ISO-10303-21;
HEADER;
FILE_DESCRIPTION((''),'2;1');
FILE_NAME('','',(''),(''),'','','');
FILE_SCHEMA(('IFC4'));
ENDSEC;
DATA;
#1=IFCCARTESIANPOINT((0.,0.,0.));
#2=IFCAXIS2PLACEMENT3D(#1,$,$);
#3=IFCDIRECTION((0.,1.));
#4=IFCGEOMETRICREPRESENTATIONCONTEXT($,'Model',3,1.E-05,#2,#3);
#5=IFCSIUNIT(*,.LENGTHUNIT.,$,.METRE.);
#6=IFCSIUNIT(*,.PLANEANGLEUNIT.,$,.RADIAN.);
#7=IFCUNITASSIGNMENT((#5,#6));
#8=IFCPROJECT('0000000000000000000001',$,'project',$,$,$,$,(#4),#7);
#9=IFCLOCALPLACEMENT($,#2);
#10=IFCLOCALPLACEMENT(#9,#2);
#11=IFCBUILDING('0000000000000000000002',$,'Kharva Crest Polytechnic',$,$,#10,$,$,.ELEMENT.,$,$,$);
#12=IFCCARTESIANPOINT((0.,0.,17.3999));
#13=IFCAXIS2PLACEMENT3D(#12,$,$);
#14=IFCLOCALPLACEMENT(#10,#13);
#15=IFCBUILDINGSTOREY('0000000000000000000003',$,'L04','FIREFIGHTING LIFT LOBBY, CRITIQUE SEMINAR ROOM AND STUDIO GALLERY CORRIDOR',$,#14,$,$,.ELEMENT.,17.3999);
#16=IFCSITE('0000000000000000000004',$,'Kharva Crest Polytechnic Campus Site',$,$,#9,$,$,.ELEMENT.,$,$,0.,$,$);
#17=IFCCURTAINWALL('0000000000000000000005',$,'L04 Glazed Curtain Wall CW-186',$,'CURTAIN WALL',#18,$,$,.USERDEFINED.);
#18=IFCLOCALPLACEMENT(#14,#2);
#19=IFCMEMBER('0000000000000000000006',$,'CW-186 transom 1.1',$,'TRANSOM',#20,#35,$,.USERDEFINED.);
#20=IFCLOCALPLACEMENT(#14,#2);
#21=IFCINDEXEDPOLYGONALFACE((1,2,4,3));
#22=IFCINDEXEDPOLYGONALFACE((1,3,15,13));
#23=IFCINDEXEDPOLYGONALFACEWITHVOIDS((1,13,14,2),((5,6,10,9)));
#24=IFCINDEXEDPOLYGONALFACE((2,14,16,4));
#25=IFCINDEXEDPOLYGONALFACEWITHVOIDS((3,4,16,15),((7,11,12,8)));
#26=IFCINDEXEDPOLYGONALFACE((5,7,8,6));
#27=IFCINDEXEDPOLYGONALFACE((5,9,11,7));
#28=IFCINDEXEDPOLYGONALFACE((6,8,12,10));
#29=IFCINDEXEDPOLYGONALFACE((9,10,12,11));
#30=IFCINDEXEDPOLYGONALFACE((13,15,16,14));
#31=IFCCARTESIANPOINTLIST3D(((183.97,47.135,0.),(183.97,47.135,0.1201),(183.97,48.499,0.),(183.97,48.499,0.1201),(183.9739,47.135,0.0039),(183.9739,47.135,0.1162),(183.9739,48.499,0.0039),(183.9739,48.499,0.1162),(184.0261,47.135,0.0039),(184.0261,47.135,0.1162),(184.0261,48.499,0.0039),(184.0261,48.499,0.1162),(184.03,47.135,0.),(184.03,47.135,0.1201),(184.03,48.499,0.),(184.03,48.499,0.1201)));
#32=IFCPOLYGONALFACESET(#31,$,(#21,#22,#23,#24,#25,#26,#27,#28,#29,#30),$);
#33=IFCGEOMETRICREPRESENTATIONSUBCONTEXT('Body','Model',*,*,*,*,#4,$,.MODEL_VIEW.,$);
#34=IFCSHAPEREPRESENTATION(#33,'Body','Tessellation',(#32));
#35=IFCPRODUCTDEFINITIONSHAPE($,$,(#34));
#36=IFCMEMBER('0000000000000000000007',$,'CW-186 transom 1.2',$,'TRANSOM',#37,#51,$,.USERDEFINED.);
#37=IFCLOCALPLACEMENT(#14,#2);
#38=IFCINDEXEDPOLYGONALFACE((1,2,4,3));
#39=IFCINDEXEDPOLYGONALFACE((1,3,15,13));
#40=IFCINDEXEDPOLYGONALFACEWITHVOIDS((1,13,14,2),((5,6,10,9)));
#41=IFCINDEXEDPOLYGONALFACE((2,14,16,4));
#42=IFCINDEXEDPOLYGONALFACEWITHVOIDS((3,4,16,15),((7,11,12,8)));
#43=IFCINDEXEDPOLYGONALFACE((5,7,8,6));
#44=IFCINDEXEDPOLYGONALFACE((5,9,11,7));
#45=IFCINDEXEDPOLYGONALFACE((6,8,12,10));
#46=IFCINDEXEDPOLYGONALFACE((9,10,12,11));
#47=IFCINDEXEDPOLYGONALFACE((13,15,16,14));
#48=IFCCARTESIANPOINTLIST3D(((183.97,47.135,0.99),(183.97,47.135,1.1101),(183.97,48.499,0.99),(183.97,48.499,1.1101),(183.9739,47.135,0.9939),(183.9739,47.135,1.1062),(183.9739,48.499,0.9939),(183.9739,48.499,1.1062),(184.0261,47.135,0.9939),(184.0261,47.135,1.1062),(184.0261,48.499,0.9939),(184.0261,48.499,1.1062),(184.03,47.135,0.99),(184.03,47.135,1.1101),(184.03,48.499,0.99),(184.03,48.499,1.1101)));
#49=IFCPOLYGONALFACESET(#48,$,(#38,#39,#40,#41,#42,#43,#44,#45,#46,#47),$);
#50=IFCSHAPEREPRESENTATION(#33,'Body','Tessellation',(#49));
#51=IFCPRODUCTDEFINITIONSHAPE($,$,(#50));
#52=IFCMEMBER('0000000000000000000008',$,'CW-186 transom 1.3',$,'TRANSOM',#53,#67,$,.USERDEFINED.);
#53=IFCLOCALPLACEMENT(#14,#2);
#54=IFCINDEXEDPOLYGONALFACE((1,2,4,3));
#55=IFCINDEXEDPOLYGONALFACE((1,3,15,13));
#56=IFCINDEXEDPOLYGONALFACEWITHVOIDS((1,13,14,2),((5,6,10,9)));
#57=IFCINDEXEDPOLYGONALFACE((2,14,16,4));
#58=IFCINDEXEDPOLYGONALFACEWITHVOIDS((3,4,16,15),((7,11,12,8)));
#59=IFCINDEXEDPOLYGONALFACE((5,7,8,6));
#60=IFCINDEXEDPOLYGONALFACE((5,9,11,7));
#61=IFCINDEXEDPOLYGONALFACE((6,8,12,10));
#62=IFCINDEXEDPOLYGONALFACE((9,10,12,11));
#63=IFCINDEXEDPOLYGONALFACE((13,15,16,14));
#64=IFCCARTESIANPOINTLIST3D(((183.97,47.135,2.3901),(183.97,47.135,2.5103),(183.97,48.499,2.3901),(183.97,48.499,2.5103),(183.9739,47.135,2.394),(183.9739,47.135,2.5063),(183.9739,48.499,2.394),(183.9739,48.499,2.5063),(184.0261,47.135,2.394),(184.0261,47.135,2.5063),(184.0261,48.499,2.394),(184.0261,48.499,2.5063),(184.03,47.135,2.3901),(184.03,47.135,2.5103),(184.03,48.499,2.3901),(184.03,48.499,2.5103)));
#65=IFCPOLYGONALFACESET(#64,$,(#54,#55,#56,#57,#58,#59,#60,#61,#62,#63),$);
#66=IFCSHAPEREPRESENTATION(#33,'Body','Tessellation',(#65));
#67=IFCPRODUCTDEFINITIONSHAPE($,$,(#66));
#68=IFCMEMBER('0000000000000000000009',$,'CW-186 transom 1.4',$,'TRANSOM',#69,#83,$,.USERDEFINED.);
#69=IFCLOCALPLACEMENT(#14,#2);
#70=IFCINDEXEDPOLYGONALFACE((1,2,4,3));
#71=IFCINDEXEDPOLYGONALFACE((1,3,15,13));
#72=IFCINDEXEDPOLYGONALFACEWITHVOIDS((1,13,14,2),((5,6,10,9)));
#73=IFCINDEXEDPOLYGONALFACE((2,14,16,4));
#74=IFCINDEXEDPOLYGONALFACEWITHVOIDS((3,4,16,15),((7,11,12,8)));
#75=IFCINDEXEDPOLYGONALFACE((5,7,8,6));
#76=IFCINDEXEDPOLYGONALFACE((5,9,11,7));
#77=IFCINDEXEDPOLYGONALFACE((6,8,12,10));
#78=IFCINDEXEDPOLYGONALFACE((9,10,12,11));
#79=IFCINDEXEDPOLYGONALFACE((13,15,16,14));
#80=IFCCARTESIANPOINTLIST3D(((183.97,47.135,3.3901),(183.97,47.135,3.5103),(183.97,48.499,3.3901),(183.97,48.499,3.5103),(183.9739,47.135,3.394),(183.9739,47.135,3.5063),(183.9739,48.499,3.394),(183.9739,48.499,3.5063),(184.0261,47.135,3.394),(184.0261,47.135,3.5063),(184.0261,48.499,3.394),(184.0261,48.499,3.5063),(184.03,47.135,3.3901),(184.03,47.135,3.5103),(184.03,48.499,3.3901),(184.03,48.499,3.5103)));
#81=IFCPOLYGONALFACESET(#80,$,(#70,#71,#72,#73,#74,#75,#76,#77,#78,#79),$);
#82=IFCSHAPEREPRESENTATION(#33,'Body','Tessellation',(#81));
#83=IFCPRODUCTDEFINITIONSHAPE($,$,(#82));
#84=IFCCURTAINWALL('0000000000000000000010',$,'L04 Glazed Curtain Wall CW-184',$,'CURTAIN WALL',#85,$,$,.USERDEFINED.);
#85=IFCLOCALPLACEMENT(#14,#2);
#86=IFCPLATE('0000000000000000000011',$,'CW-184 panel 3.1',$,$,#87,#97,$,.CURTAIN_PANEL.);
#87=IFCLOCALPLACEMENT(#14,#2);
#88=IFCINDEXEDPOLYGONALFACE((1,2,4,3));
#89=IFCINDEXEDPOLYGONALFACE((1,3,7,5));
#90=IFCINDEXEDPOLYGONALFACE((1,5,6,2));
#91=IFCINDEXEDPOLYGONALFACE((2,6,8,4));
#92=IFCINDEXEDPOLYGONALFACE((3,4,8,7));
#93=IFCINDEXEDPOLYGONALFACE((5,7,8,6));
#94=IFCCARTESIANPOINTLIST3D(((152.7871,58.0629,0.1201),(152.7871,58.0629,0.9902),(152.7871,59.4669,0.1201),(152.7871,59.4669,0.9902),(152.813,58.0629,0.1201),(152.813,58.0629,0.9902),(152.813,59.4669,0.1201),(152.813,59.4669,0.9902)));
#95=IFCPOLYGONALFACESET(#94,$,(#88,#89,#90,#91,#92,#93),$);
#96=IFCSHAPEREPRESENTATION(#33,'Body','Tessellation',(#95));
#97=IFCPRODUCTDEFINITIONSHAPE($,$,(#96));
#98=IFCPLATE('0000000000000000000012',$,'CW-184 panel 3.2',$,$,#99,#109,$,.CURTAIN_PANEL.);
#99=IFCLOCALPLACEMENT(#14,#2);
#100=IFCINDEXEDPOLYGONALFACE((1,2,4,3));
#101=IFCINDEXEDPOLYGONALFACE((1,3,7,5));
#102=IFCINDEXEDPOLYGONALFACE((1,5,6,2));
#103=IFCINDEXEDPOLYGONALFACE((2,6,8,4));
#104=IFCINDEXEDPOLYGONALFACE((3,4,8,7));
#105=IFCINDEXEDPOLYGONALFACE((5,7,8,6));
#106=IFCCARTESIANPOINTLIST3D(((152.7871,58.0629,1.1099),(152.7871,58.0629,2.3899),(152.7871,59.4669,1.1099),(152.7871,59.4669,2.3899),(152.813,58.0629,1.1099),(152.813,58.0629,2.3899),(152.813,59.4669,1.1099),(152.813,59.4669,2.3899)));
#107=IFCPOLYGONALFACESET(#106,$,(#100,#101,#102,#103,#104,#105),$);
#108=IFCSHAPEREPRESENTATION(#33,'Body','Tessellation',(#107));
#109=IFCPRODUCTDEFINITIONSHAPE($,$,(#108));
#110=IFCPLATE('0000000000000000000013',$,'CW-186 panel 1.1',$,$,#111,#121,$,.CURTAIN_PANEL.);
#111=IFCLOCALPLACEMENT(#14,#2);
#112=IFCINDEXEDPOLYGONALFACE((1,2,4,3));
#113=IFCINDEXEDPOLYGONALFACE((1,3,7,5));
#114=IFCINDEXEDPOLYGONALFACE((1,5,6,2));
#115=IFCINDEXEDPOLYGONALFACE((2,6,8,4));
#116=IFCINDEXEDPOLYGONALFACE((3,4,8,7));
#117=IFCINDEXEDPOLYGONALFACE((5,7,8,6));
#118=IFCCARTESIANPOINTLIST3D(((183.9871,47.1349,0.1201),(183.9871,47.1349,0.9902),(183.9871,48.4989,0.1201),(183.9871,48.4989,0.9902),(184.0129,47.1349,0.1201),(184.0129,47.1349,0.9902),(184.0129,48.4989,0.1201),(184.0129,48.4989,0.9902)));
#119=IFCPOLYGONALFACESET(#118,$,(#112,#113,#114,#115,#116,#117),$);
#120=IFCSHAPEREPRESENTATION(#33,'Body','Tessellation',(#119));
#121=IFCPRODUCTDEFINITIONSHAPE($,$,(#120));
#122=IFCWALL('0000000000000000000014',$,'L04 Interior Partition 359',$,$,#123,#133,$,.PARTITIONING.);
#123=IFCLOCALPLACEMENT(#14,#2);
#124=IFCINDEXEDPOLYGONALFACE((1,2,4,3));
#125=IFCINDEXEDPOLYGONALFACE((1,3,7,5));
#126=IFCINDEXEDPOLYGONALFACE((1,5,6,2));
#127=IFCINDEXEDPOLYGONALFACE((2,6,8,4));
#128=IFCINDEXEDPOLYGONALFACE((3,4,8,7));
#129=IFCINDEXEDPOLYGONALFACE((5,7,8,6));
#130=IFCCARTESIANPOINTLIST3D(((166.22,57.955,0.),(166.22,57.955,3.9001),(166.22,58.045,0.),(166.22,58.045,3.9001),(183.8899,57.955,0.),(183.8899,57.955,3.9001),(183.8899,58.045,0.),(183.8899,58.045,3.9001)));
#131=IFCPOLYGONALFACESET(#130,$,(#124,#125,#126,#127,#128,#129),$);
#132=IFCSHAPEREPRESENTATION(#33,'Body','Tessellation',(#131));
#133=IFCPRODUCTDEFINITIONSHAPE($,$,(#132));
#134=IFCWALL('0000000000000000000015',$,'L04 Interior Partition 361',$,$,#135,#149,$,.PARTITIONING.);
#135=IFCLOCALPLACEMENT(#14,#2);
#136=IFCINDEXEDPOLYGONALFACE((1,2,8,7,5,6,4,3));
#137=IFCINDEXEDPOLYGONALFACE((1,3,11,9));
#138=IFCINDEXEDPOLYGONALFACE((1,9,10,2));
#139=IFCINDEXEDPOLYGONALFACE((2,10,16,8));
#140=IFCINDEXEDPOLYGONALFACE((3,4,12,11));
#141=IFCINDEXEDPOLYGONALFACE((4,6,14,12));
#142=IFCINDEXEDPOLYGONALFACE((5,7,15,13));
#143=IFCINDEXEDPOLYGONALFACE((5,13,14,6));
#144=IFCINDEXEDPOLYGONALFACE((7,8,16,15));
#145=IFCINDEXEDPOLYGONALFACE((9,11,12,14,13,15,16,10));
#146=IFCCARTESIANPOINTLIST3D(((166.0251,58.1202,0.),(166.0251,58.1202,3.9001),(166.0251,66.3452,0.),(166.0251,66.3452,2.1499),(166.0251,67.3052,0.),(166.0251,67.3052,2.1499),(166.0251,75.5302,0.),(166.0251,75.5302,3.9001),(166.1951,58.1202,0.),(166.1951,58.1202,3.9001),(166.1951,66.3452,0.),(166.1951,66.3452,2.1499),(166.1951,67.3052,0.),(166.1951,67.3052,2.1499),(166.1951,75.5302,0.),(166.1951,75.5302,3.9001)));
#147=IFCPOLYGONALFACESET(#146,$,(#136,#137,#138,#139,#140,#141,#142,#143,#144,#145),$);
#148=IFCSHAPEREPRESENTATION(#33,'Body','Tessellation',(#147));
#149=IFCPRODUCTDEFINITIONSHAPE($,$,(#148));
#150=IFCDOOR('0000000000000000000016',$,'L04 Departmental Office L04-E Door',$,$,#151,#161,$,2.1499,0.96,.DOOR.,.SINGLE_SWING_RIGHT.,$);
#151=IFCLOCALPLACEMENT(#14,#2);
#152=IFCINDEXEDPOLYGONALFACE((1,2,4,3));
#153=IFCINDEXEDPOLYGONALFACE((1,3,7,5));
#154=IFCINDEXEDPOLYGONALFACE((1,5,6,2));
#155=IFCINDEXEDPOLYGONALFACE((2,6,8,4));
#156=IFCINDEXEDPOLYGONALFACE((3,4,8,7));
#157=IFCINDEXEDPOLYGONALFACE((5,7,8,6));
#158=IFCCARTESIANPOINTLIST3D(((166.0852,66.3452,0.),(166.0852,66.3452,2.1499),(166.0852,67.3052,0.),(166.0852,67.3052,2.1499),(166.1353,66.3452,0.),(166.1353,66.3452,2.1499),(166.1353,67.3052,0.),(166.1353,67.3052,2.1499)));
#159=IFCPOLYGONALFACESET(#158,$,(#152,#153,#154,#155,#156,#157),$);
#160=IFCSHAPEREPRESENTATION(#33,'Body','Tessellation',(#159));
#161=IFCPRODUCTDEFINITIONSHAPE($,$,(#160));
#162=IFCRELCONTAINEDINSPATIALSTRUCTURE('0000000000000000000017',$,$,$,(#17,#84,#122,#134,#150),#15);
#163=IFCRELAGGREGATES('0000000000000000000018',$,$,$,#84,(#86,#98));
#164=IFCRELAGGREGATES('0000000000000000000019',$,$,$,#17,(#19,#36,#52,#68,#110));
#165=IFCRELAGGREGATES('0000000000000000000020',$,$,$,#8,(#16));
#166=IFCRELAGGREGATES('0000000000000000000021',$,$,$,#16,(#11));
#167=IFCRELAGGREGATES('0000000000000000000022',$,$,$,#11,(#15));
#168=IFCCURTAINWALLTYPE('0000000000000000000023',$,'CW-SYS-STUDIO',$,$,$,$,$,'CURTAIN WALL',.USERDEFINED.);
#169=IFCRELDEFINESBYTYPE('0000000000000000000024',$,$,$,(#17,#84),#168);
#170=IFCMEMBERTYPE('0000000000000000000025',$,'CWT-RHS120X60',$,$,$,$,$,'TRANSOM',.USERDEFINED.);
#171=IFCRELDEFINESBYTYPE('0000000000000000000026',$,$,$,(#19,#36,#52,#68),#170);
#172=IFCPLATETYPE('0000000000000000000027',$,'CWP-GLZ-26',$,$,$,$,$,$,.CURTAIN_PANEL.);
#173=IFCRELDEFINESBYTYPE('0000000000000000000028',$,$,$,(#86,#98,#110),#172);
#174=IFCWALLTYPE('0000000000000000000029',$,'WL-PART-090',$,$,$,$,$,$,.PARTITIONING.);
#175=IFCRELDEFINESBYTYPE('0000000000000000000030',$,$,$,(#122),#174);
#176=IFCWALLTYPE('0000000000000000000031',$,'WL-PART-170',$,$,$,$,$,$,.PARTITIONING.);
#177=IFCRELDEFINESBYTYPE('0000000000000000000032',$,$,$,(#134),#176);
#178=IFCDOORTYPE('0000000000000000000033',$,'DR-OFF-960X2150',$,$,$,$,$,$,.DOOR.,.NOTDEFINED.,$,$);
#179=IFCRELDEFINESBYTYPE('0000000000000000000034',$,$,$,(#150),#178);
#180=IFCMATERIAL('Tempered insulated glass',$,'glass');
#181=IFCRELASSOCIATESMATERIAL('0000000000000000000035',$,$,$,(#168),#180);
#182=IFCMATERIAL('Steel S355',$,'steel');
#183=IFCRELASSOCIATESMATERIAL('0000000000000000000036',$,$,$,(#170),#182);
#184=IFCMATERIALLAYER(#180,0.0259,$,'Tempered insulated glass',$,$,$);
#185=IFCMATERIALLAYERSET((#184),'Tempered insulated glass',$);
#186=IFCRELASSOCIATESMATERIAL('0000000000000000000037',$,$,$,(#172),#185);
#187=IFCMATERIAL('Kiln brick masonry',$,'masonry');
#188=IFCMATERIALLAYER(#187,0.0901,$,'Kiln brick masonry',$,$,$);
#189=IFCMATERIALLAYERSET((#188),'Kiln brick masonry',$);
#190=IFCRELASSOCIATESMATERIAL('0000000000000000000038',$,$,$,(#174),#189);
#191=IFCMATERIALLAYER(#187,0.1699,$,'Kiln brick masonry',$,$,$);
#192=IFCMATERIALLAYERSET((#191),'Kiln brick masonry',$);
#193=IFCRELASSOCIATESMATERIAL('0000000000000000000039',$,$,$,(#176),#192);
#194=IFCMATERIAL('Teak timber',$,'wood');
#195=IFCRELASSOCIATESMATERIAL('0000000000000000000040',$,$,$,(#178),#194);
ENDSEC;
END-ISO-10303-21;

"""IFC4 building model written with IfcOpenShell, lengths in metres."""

from ifc_helpers import new_model, si_unit, direction, frame, frame_2d, origin, origin_2d, place, context, subcontext, project, spatial, rectangle, hollow_rectangle, extrude, material, layer, layer_set, material_profile, profile_set, type_object, element, fill, aggregate, save


model = new_model("IFC4")

# Units and contexts
model_context = context("Model", 3, precision=1e-05, world=origin(), true_north=direction((0.0, 1.0)))
body_context = subcontext(model_context, "Body", "Model", "MODEL_VIEW")
ifc_project = project(units=[si_unit("LENGTHUNIT", "METRE"), si_unit("PLANEANGLEUNIT", "RADIAN")], contexts=[model_context])

# Site, building, storey
site_placement = place(None, origin())
site = spatial("IfcSite", under=ifc_project, at=site_placement, Name="Kharva Crest Polytechnic Campus Site", CompositionType="ELEMENT", RefElevation=0.0)
building_placement = place(site_placement, origin())
building = spatial("IfcBuilding", under=site, at=building_placement, Name="Kharva Crest Polytechnic", CompositionType="ELEMENT")
storey_placement = place(building_placement, frame((0.0, 0.0, 17.3999)))
storey = spatial("IfcBuildingStorey", under=building, at=storey_placement, Name="L04", Description="FIREFIGHTING LIFT LOBBY, CRITIQUE SEMINAR ROOM AND STUDIO GALLERY CORRIDOR", CompositionType="ELEMENT", Elevation=17.3999)

# Curtain wall, members
ifc_material_1 = material(Name="Tempered insulated glass", Category="glass")
curtain_wall_type = type_object("IfcCurtainWallType", Name="CW-SYS-STUDIO", ElementType="CURTAIN WALL", PredefinedType="USERDEFINED", material=ifc_material_1)
curtain_wall_1_placement = place(storey_placement, origin())
curtain_wall_1 = element("IfcCurtainWall", 1, at=curtain_wall_1_placement, inside=storey, type_object=curtain_wall_type, Name="L04 Glazed Curtain Wall CW-186", ObjectType="CURTAIN WALL", PredefinedType="USERDEFINED")
ifc_material_2 = material(Name="Steel S355", Category="steel")
ifc_material_profile_1 = material_profile(ifc_material_2, hollow_rectangle(XDim=0.0601, YDim=0.1201, WallThickness=0.0039, at=origin_2d()), Name="RHS 120X60X4.0")
ifc_profile_set_1 = profile_set([ifc_material_profile_1], Name="Steel S355")
member_type = type_object("IfcMemberType", Name="CWT-RHS120X60", ElementType="TRANSOM", PredefinedType="USERDEFINED", material=ifc_profile_set_1)
member_1_placement = place(storey_placement, frame((184.0, 47.135, 0.0601), z_axis=(0.0, 1.0, 0.0), x_axis=(-1.0, 0.0, 0.0)))
member_1 = element("IfcMember", 2, at=member_1_placement, type_object=member_type, Name="CW-186 transom 1.1", ObjectType="TRANSOM", PredefinedType="USERDEFINED", context=body_context, shape_type="SweptSolid", body=[
    extrude(hollow_rectangle(XDim=0.0601, YDim=0.1201, WallThickness=0.0039, at=origin_2d()), origin(), (0.0, 0.0, 1.0), 1.364),
])
member_2_placement = place(storey_placement, frame((184.0, 47.135, 1.05), z_axis=(0.0, 1.0, 0.0), x_axis=(-1.0, 0.0, 0.0)))
member_2 = element("IfcMember", 3, at=member_2_placement, type_object=member_type, Name="CW-186 transom 1.2", ObjectType="TRANSOM", PredefinedType="USERDEFINED", context=body_context, shape_type="SweptSolid", body=[
    extrude(hollow_rectangle(XDim=0.0601, YDim=0.1201, WallThickness=0.0039, at=origin_2d()), origin(), (0.0, 0.0, 1.0), 1.364),
])
member_3_placement = place(storey_placement, frame((184.0, 47.135, 2.4502), z_axis=(0.0, 1.0, 0.0), x_axis=(-1.0, 0.0, 0.0)))
member_3 = element("IfcMember", 4, at=member_3_placement, type_object=member_type, Name="CW-186 transom 1.3", ObjectType="TRANSOM", PredefinedType="USERDEFINED", context=body_context, shape_type="SweptSolid", body=[
    extrude(hollow_rectangle(XDim=0.0601, YDim=0.1201, WallThickness=0.0039, at=origin_2d()), origin(), (0.0, 0.0, 1.0), 1.364),
])
member_4_placement = place(storey_placement, frame((184.0, 47.135, 3.4502), z_axis=(0.0, 1.0, 0.0), x_axis=(-1.0, 0.0, 0.0)))
member_4 = element("IfcMember", 5, at=member_4_placement, type_object=member_type, Name="CW-186 transom 1.4", ObjectType="TRANSOM", PredefinedType="USERDEFINED", context=body_context, shape_type="SweptSolid", body=[
    extrude(hollow_rectangle(XDim=0.0601, YDim=0.1201, WallThickness=0.0039, at=origin_2d()), origin(), (0.0, 0.0, 1.0), 1.364),
])

# Curtain wall, plates
curtain_wall_2_placement = place(storey_placement, origin())
curtain_wall_2 = element("IfcCurtainWall", 6, at=curtain_wall_2_placement, inside=storey, type_object=curtain_wall_type, Name="L04 Glazed Curtain Wall CW-184", ObjectType="CURTAIN WALL", PredefinedType="USERDEFINED")
ifc_layer_1 = layer(ifc_material_1, 0.0259, Name="Tempered insulated glass")
ifc_layer_set_1 = layer_set([ifc_layer_1], Name="Tempered insulated glass")
plate_type = type_object("IfcPlateType", Name="CWP-GLZ-26", PredefinedType="CURTAIN_PANEL", material=ifc_layer_set_1)
plate_1_placement = place(storey_placement, frame((152.8, 58.7649, 0.1201), z_axis=(0.0, 0.0, 1.0), x_axis=(0.0, -1.0, 0.0)))
plate_1 = element("IfcPlate", 7, at=plate_1_placement, type_object=plate_type, Name="CW-184 panel 3.1", PredefinedType="CURTAIN_PANEL", context=body_context, shape_type="SweptSolid", body=[
    extrude(rectangle(XDim=1.4041, YDim=0.0259, at=origin_2d()), origin(), (0.0, 0.0, 1.0), 0.8701),
])
plate_2_placement = place(storey_placement, frame((152.8, 58.7649, 1.1099), z_axis=(0.0, 0.0, 1.0), x_axis=(0.0, -1.0, 0.0)))
plate_2 = element("IfcPlate", 8, at=plate_2_placement, type_object=plate_type, Name="CW-184 panel 3.2", PredefinedType="CURTAIN_PANEL", context=body_context, shape_type="SweptSolid", body=[
    extrude(rectangle(XDim=1.4041, YDim=0.0259, at=origin_2d()), origin(), (0.0, 0.0, 1.0), 1.28),
])
aggregate(curtain_wall_2, [plate_1, plate_2])

# Plate
plate_3_placement = place(storey_placement, frame((184.0, 47.8169, 0.1201), z_axis=(0.0, 0.0, 1.0), x_axis=(0.0, 1.0, 0.0)))
plate_3 = element("IfcPlate", 9, at=plate_3_placement, type_object=plate_type, Name="CW-186 panel 1.1", PredefinedType="CURTAIN_PANEL", context=body_context, shape_type="SweptSolid", body=[
    extrude(rectangle(XDim=1.364, YDim=0.0259, at=origin_2d()), origin(), (0.0, 0.0, 1.0), 0.8701),
])
aggregate(curtain_wall_1, [member_1, member_2, member_3, member_4, plate_3])

# Wall
ifc_material_3 = material(Name="Kiln brick masonry", Category="masonry")
ifc_layer_2 = layer(ifc_material_3, 0.0901, Name="Kiln brick masonry")
ifc_layer_set_2 = layer_set([ifc_layer_2], Name="Kiln brick masonry")
wall_type_1 = type_object("IfcWallType", Name="WL-PART-090", PredefinedType="PARTITIONING", material=ifc_layer_set_2)
wall_1_placement = place(storey_placement, frame((166.22, 58.0, 0.0), z_axis=(0.0, 0.0, 1.0), x_axis=(1.0, 0.0, 0.0)))
element("IfcWall", 10, at=wall_1_placement, inside=storey, type_object=wall_type_1, Name="L04 Interior Partition 359", PredefinedType="PARTITIONING", context=body_context, shape_type="SweptSolid", body=[
    extrude(rectangle(XDim=17.6699, YDim=0.0901, at=frame_2d((8.835, 0.0))), origin(), (0.0, 0.0, 1.0), 3.9001),
])

# Wall, opening, door
ifc_layer_3 = layer(ifc_material_3, 0.1699, Name="Kiln brick masonry")
ifc_layer_set_3 = layer_set([ifc_layer_3], Name="Kiln brick masonry")
wall_type_2 = type_object("IfcWallType", Name="WL-PART-170", PredefinedType="PARTITIONING", material=ifc_layer_set_3)
wall_2_placement = place(storey_placement, frame((166.1101, 58.1201, 0.0), z_axis=(0.0, 0.0, 1.0), x_axis=(0.0, 1.0, 0.0)))
wall_2 = element("IfcWall", 11, at=wall_2_placement, inside=storey, type_object=wall_type_2, Name="L04 Interior Partition 361", PredefinedType="PARTITIONING", context=body_context, shape_type="SweptSolid", body=[
    extrude(rectangle(XDim=17.4099, YDim=0.1699, at=frame_2d((8.7051, 0.0))), origin(), (0.0, 0.0, 1.0), 3.9001),
])
opening_placement = place(wall_2_placement, frame((8.2251, 0.0, 0.0)))
opening = element("IfcOpeningElement", 12, at=opening_placement, cuts=wall_2, PredefinedType="OPENING", context=body_context, shape_type="SweptSolid", body=[
    extrude(rectangle(XDim=0.96, YDim=2.1499, at=frame_2d((0.48, 1.075))), frame((0.0, 0.095, 0.0), z_axis=(0.0, -1.0, 0.0), x_axis=(1.0, 0.0, 0.0)), (0.0, 0.0, 1.0), 0.1899),
])
ifc_material_4 = material(Name="Teak timber", Category="wood")
door_type = type_object("IfcDoorType", Name="DR-OFF-960X2150", OperationType="NOTDEFINED", PredefinedType="DOOR", material=ifc_material_4)
door_placement = place(opening_placement, origin())
door = element("IfcDoor", 13, at=door_placement, inside=storey, type_object=door_type, Name="L04 Departmental Office L04-E Door", OperationType="SINGLE_SWING_RIGHT", OverallHeight=2.1499, OverallWidth=0.96, PredefinedType="DOOR", context=body_context, shape_type="SweptSolid", body=[
    extrude(rectangle(XDim=0.96, YDim=2.1499, at=frame_2d((0.48, 1.075))), frame((0.0, 0.0249, 0.0), z_axis=(0.0, -1.0, 0.0), x_axis=(1.0, 0.0, 0.0)), (0.0, 0.0, 1.0), 0.05),
])
fill(opening, door)

save(model, "model.ifc")
